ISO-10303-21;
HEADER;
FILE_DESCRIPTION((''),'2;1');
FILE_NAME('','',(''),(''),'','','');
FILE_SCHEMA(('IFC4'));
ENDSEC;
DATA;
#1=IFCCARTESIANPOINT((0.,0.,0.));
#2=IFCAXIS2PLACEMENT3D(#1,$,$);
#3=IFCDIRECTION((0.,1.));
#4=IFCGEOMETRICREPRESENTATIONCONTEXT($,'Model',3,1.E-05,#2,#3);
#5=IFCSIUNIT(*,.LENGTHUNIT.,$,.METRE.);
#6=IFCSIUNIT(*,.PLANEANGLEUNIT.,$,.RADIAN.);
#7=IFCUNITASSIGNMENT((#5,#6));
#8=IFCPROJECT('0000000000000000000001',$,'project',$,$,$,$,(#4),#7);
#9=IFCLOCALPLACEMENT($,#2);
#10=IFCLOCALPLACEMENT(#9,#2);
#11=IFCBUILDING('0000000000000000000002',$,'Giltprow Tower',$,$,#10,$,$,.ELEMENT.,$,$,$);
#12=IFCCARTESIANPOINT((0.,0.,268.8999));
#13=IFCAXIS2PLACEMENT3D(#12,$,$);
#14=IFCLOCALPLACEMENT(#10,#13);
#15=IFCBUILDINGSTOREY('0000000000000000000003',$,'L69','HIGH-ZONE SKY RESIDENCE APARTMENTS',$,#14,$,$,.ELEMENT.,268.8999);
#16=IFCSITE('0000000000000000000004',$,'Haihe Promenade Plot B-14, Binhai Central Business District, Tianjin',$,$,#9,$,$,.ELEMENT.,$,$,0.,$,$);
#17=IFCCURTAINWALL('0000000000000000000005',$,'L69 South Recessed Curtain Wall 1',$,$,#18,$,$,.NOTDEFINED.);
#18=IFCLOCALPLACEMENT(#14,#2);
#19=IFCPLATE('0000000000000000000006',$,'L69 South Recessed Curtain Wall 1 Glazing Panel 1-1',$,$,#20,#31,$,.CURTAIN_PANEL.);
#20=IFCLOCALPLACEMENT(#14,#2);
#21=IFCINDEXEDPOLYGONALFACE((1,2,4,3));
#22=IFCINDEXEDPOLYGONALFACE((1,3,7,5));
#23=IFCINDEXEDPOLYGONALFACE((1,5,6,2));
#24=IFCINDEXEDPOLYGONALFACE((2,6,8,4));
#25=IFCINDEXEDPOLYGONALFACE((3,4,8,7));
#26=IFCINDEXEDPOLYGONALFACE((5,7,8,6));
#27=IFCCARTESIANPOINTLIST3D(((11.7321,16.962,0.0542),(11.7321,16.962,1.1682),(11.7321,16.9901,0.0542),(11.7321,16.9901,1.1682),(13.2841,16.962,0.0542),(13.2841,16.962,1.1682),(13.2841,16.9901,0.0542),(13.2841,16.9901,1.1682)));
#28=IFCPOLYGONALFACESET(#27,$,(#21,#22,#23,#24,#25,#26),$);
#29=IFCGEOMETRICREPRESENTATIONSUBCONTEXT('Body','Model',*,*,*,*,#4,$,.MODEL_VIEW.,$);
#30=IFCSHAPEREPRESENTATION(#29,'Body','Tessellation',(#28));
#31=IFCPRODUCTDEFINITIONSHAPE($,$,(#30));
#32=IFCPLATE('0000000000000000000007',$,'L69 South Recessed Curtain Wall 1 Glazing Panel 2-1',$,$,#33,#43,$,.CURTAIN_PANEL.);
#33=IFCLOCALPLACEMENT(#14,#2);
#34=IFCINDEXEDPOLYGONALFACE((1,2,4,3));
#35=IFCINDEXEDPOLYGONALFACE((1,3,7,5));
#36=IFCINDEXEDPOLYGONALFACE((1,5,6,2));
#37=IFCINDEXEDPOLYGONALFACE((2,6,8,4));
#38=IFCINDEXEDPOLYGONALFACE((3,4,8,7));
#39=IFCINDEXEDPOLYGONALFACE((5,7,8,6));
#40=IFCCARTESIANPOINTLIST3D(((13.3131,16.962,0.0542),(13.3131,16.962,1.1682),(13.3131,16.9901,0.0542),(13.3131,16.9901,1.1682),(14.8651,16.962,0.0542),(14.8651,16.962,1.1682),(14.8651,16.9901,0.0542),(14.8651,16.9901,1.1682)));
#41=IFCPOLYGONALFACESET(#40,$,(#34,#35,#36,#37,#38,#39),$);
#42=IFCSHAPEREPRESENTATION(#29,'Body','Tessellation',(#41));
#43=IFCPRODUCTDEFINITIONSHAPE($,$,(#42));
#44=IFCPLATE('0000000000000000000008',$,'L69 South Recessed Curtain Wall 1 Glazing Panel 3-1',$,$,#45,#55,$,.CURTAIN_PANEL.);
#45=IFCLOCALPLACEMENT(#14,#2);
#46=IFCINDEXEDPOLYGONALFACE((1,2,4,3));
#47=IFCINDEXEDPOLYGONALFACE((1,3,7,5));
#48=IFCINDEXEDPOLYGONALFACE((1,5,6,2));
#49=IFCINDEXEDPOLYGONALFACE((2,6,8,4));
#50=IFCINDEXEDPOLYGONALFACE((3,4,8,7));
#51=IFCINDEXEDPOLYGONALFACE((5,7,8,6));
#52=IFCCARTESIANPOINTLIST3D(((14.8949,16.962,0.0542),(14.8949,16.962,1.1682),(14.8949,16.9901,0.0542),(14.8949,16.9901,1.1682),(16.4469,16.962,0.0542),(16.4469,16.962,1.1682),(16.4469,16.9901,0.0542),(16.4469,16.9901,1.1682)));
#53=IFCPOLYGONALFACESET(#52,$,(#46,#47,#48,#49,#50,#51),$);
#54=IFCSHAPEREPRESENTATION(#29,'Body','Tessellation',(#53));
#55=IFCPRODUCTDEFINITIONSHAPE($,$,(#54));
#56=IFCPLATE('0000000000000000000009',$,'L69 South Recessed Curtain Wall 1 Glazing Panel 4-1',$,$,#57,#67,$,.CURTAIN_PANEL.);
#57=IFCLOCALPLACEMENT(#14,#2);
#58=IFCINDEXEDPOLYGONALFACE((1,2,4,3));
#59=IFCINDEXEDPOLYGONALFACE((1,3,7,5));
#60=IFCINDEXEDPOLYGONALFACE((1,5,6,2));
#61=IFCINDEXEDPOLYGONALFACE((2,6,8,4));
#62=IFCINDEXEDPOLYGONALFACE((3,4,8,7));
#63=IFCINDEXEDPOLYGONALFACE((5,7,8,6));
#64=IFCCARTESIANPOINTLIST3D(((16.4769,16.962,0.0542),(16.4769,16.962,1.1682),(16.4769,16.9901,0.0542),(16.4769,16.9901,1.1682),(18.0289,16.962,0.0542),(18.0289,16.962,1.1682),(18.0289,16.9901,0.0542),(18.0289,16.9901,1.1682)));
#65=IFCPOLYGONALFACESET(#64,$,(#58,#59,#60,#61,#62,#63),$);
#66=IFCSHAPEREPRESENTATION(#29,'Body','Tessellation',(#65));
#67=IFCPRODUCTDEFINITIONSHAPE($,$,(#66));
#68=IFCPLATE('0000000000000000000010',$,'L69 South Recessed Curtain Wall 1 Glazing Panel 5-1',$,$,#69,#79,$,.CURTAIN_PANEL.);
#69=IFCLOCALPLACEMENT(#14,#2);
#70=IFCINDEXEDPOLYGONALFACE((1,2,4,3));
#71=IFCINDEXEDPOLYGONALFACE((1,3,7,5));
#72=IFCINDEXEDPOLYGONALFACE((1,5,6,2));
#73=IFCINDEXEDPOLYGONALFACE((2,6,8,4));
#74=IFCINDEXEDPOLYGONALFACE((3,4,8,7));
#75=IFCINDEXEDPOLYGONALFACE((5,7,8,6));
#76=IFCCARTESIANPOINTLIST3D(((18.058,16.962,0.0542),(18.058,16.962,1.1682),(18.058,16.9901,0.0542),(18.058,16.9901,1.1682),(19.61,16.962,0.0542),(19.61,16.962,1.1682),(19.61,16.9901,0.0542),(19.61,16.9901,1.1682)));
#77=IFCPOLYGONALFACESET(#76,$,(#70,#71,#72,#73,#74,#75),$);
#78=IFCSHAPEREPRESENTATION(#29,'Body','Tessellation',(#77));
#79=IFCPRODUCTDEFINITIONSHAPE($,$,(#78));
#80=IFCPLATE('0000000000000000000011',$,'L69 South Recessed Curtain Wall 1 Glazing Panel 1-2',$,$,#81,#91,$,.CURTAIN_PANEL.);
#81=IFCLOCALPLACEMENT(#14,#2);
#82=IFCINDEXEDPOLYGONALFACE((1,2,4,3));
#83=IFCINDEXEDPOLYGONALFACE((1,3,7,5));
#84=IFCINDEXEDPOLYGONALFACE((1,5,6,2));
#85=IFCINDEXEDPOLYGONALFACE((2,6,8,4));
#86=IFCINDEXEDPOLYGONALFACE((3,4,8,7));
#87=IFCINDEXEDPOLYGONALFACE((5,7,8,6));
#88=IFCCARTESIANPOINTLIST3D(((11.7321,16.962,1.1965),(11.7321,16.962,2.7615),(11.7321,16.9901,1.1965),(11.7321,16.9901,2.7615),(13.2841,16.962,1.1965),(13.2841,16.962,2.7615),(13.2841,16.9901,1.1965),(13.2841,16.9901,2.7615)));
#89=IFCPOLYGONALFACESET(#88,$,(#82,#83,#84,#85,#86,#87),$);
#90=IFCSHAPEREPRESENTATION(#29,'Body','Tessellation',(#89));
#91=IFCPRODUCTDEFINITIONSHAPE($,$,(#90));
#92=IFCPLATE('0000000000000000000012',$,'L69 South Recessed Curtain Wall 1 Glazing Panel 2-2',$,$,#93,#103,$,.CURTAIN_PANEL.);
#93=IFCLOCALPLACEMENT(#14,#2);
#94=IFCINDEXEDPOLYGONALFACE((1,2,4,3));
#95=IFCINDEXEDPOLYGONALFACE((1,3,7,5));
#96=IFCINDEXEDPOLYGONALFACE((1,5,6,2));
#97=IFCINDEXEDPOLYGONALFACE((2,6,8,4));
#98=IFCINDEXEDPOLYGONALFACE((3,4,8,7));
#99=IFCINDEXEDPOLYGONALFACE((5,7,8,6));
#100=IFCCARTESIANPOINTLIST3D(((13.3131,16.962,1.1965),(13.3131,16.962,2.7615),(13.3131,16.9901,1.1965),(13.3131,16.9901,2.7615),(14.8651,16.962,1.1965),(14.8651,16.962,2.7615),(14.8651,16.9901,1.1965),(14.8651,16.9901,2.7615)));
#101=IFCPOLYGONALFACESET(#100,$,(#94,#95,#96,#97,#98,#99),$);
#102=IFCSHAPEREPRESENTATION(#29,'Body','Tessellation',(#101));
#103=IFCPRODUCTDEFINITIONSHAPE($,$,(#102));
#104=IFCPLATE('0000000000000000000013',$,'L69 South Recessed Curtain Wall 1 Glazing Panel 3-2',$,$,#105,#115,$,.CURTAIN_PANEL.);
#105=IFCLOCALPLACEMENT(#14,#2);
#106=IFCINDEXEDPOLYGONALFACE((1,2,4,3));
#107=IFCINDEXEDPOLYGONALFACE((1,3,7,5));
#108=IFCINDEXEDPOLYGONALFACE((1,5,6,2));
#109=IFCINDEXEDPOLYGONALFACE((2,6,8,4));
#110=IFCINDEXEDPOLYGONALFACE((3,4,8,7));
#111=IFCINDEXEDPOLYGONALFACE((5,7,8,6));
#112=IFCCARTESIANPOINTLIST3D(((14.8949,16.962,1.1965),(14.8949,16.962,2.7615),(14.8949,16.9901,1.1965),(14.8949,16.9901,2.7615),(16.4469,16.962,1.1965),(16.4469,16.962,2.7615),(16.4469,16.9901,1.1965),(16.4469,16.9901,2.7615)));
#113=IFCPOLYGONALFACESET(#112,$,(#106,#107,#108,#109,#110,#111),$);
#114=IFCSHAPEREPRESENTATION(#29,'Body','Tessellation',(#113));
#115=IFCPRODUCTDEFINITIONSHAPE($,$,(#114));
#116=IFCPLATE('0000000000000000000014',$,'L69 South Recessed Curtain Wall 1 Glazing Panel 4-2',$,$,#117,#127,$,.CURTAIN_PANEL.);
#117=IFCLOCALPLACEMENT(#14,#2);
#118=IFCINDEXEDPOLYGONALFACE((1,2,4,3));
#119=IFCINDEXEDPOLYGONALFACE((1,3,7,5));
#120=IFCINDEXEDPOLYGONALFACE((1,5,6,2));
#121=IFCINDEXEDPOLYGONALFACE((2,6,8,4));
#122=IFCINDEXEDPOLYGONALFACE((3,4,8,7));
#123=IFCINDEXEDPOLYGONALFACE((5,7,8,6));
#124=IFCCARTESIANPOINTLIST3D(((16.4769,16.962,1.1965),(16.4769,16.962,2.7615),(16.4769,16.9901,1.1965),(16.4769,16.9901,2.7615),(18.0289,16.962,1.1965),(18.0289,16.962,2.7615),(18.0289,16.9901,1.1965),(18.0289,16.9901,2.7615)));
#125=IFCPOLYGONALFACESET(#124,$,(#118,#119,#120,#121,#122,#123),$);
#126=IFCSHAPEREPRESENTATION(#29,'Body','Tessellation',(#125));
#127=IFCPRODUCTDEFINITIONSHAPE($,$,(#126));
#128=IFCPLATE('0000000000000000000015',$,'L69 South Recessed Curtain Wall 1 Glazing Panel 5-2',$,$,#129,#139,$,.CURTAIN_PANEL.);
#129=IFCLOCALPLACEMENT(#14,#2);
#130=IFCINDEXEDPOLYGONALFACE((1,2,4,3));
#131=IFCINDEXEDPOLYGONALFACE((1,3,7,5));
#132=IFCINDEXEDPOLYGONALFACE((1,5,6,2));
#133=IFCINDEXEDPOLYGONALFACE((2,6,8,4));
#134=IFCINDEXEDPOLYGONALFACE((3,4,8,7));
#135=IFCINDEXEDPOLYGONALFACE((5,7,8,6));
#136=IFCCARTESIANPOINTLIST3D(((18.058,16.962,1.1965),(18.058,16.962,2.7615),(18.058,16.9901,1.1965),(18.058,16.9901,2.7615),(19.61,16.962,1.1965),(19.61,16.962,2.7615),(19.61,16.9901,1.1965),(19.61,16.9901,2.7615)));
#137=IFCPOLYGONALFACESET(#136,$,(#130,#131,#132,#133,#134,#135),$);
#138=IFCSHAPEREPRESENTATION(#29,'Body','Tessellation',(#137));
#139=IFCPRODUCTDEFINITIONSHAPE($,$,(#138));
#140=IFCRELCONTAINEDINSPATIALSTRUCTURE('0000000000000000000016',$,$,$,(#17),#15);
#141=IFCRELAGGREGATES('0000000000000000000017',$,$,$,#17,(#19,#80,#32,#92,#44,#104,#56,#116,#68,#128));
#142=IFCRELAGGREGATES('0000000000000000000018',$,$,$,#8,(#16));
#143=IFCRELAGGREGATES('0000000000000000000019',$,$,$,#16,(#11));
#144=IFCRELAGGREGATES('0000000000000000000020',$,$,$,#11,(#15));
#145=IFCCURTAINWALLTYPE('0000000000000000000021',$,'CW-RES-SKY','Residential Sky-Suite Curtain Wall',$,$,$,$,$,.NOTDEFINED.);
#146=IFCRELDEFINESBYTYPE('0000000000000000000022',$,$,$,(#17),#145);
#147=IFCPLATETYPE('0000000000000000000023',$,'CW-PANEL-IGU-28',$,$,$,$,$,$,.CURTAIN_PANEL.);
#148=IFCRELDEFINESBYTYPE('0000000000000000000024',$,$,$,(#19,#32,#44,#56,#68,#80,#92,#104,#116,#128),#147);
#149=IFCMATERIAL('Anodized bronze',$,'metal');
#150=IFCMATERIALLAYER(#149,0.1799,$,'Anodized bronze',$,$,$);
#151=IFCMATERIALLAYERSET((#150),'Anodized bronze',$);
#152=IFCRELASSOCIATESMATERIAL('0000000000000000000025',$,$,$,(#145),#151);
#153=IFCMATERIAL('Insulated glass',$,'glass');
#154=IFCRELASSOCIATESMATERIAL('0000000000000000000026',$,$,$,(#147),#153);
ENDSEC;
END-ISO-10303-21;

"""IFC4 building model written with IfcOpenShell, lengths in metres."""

from ifc_helpers import new_model, si_unit, direction, frame, origin, origin_2d, place, context, subcontext, project, spatial, rectangle, extrude, source, transform, mapped, material, layer, layer_set, type_object, element, aggregate, save


model = new_model("IFC4")

# Units and contexts
model_context = context("Model", 3, precision=1e-05, world=origin(), true_north=direction((0.0, 1.0)))
body_context = subcontext(model_context, "Body", "Model", "MODEL_VIEW")
ifc_project = project(units=[si_unit("LENGTHUNIT", "METRE"), si_unit("PLANEANGLEUNIT", "RADIAN")], contexts=[model_context])

# Site, building, storey
site_placement = place(None, origin())
site = spatial("IfcSite", under=ifc_project, at=site_placement, Name="Haihe Promenade Plot B-14, Binhai Central Business District, Tianjin", CompositionType="ELEMENT", RefElevation=0.0)
building_placement = place(site_placement, origin())
building = spatial("IfcBuilding", under=site, at=building_placement, Name="Giltprow Tower", CompositionType="ELEMENT")
storey_placement = place(building_placement, frame((0.0, 0.0, 268.8999)))
storey = spatial("IfcBuildingStorey", under=building, at=storey_placement, Name="L69", Description="HIGH-ZONE SKY RESIDENCE APARTMENTS", CompositionType="ELEMENT", Elevation=268.8999)

# Curtain wall
ifc_material_1 = material(Name="Anodized bronze", Category="metal")
ifc_layer_1 = layer(ifc_material_1, 0.1799, Name="Anodized bronze")
ifc_layer_set_1 = layer_set([ifc_layer_1], Name="Anodized bronze")
curtain_wall_type = type_object("IfcCurtainWallType", Name="CW-RES-SKY", Description="Residential Sky-Suite Curtain Wall", PredefinedType="NOTDEFINED", material=ifc_layer_set_1)
curtain_wall_placement = place(storey_placement, origin())
curtain_wall = element("IfcCurtainWall", 1, at=curtain_wall_placement, inside=storey, type_object=curtain_wall_type, Name="L69 South Recessed Curtain Wall 1", PredefinedType="NOTDEFINED")

# Plates
ifc_material_2 = material(Name="Insulated glass", Category="glass")
plate_type = type_object("IfcPlateType", Name="CW-PANEL-IGU-28", PredefinedType="CURTAIN_PANEL", material=ifc_material_2)
shared_shape_1 = source(origin(), body_context, "Body", "SweptSolid", [
    extrude(rectangle(XDim=1.552, YDim=0.0281, at=origin_2d()), origin(), (0.0, 0.0, 1.0), 1.114),
])
plate_1_placement = place(storey_placement, frame((12.5081, 16.9761, 0.0542), z_axis=(0.0, 0.0, 1.0), x_axis=(1.0, 0.0, 0.0)))
plate_1 = element("IfcPlate", 2, at=plate_1_placement, type_object=plate_type, Name="L69 South Recessed Curtain Wall 1 Glazing Panel 1-1", PredefinedType="CURTAIN_PANEL", context=body_context, shape_type="MappedRepresentation", body=[
    mapped(shared_shape_1, transform((0.0, 0.0, 0.0), x_axis=(1.0, 0.0, 0.0), y_axis=(0.0, 1.0, 0.0), z_axis=(0.0, 0.0, 1.0), scale=1.0)),
])
plate_2_placement = place(storey_placement, frame((14.0891, 16.9761, 0.0542), z_axis=(0.0, 0.0, 1.0), x_axis=(1.0, 0.0, 0.0)))
plate_2 = element("IfcPlate", 3, at=plate_2_placement, type_object=plate_type, Name="L69 South Recessed Curtain Wall 1 Glazing Panel 2-1", PredefinedType="CURTAIN_PANEL", context=body_context, shape_type="MappedRepresentation", body=[
    mapped(shared_shape_1, transform((0.0, 0.0, 0.0), x_axis=(1.0, 0.0, 0.0), y_axis=(0.0, 1.0, 0.0), z_axis=(0.0, 0.0, 1.0), scale=1.0)),
])
plate_3_placement = place(storey_placement, frame((15.6709, 16.9761, 0.0542), z_axis=(0.0, 0.0, 1.0), x_axis=(1.0, 0.0, 0.0)))
plate_3 = element("IfcPlate", 4, at=plate_3_placement, type_object=plate_type, Name="L69 South Recessed Curtain Wall 1 Glazing Panel 3-1", PredefinedType="CURTAIN_PANEL", context=body_context, shape_type="MappedRepresentation", body=[
    mapped(shared_shape_1, transform((0.0, 0.0, 0.0), x_axis=(1.0, 0.0, 0.0), y_axis=(0.0, 1.0, 0.0), z_axis=(0.0, 0.0, 1.0), scale=1.0)),
])
plate_4_placement = place(storey_placement, frame((17.2529, 16.9761, 0.0542), z_axis=(0.0, 0.0, 1.0), x_axis=(1.0, 0.0, 0.0)))
plate_4 = element("IfcPlate", 5, at=plate_4_placement, type_object=plate_type, Name="L69 South Recessed Curtain Wall 1 Glazing Panel 4-1", PredefinedType="CURTAIN_PANEL", context=body_context, shape_type="MappedRepresentation", body=[
    mapped(shared_shape_1, transform((0.0, 0.0, 0.0), x_axis=(1.0, 0.0, 0.0), y_axis=(0.0, 1.0, 0.0), z_axis=(0.0, 0.0, 1.0), scale=1.0)),
])
plate_5_placement = place(storey_placement, frame((18.834, 16.9761, 0.0542), z_axis=(0.0, 0.0, 1.0), x_axis=(1.0, 0.0, 0.0)))
plate_5 = element("IfcPlate", 6, at=plate_5_placement, type_object=plate_type, Name="L69 South Recessed Curtain Wall 1 Glazing Panel 5-1", PredefinedType="CURTAIN_PANEL", context=body_context, shape_type="MappedRepresentation", body=[
    mapped(shared_shape_1, transform((0.0, 0.0, 0.0), x_axis=(1.0, 0.0, 0.0), y_axis=(0.0, 1.0, 0.0), z_axis=(0.0, 0.0, 1.0), scale=1.0)),
])
shared_shape_2 = source(origin(), body_context, "Body", "SweptSolid", [
    extrude(rectangle(XDim=1.552, YDim=0.0281, at=origin_2d()), origin(), (0.0, 0.0, 1.0), 1.5649),
])
plate_6_placement = place(storey_placement, frame((12.5081, 16.9761, 1.1965), z_axis=(0.0, 0.0, 1.0), x_axis=(1.0, 0.0, 0.0)))
plate_6 = element("IfcPlate", 7, at=plate_6_placement, type_object=plate_type, Name="L69 South Recessed Curtain Wall 1 Glazing Panel 1-2", PredefinedType="CURTAIN_PANEL", context=body_context, shape_type="MappedRepresentation", body=[
    mapped(shared_shape_2, transform((0.0, 0.0, 0.0), x_axis=(1.0, 0.0, 0.0), y_axis=(0.0, 1.0, 0.0), z_axis=(0.0, 0.0, 1.0), scale=1.0)),
])
plate_7_placement = place(storey_placement, frame((14.0891, 16.9761, 1.1965), z_axis=(0.0, 0.0, 1.0), x_axis=(1.0, 0.0, 0.0)))
plate_7 = element("IfcPlate", 8, at=plate_7_placement, type_object=plate_type, Name="L69 South Recessed Curtain Wall 1 Glazing Panel 2-2", PredefinedType="CURTAIN_PANEL", context=body_context, shape_type="MappedRepresentation", body=[
    mapped(shared_shape_2, transform((0.0, 0.0, 0.0), x_axis=(1.0, 0.0, 0.0), y_axis=(0.0, 1.0, 0.0), z_axis=(0.0, 0.0, 1.0), scale=1.0)),
])
plate_8_placement = place(storey_placement, frame((15.6709, 16.9761, 1.1965), z_axis=(0.0, 0.0, 1.0), x_axis=(1.0, 0.0, 0.0)))
plate_8 = element("IfcPlate", 9, at=plate_8_placement, type_object=plate_type, Name="L69 South Recessed Curtain Wall 1 Glazing Panel 3-2", PredefinedType="CURTAIN_PANEL", context=body_context, shape_type="MappedRepresentation", body=[
    mapped(shared_shape_2, transform((0.0, 0.0, 0.0), x_axis=(1.0, 0.0, 0.0), y_axis=(0.0, 1.0, 0.0), z_axis=(0.0, 0.0, 1.0), scale=1.0)),
])
plate_9_placement = place(storey_placement, frame((17.2529, 16.9761, 1.1965), z_axis=(0.0, 0.0, 1.0), x_axis=(1.0, 0.0, 0.0)))
plate_9 = element("IfcPlate", 10, at=plate_9_placement, type_object=plate_type, Name="L69 South Recessed Curtain Wall 1 Glazing Panel 4-2", PredefinedType="CURTAIN_PANEL", context=body_context, shape_type="MappedRepresentation", body=[
    mapped(shared_shape_2, transform((0.0, 0.0, 0.0), x_axis=(1.0, 0.0, 0.0), y_axis=(0.0, 1.0, 0.0), z_axis=(0.0, 0.0, 1.0), scale=1.0)),
])
plate_10_placement = place(storey_placement, frame((18.834, 16.9761, 1.1965), z_axis=(0.0, 0.0, 1.0), x_axis=(1.0, 0.0, 0.0)))
plate_10 = element("IfcPlate", 11, at=plate_10_placement, type_object=plate_type, Name="L69 South Recessed Curtain Wall 1 Glazing Panel 5-2", PredefinedType="CURTAIN_PANEL", context=body_context, shape_type="MappedRepresentation", body=[
    mapped(shared_shape_2, transform((0.0, 0.0, 0.0), x_axis=(1.0, 0.0, 0.0), y_axis=(0.0, 1.0, 0.0), z_axis=(0.0, 0.0, 1.0), scale=1.0)),
])
aggregate(curtain_wall, [plate_1, plate_6, plate_2, plate_7, plate_3, plate_8, plate_4, plate_9, plate_5, plate_10])

save(model, "model.ifc")
